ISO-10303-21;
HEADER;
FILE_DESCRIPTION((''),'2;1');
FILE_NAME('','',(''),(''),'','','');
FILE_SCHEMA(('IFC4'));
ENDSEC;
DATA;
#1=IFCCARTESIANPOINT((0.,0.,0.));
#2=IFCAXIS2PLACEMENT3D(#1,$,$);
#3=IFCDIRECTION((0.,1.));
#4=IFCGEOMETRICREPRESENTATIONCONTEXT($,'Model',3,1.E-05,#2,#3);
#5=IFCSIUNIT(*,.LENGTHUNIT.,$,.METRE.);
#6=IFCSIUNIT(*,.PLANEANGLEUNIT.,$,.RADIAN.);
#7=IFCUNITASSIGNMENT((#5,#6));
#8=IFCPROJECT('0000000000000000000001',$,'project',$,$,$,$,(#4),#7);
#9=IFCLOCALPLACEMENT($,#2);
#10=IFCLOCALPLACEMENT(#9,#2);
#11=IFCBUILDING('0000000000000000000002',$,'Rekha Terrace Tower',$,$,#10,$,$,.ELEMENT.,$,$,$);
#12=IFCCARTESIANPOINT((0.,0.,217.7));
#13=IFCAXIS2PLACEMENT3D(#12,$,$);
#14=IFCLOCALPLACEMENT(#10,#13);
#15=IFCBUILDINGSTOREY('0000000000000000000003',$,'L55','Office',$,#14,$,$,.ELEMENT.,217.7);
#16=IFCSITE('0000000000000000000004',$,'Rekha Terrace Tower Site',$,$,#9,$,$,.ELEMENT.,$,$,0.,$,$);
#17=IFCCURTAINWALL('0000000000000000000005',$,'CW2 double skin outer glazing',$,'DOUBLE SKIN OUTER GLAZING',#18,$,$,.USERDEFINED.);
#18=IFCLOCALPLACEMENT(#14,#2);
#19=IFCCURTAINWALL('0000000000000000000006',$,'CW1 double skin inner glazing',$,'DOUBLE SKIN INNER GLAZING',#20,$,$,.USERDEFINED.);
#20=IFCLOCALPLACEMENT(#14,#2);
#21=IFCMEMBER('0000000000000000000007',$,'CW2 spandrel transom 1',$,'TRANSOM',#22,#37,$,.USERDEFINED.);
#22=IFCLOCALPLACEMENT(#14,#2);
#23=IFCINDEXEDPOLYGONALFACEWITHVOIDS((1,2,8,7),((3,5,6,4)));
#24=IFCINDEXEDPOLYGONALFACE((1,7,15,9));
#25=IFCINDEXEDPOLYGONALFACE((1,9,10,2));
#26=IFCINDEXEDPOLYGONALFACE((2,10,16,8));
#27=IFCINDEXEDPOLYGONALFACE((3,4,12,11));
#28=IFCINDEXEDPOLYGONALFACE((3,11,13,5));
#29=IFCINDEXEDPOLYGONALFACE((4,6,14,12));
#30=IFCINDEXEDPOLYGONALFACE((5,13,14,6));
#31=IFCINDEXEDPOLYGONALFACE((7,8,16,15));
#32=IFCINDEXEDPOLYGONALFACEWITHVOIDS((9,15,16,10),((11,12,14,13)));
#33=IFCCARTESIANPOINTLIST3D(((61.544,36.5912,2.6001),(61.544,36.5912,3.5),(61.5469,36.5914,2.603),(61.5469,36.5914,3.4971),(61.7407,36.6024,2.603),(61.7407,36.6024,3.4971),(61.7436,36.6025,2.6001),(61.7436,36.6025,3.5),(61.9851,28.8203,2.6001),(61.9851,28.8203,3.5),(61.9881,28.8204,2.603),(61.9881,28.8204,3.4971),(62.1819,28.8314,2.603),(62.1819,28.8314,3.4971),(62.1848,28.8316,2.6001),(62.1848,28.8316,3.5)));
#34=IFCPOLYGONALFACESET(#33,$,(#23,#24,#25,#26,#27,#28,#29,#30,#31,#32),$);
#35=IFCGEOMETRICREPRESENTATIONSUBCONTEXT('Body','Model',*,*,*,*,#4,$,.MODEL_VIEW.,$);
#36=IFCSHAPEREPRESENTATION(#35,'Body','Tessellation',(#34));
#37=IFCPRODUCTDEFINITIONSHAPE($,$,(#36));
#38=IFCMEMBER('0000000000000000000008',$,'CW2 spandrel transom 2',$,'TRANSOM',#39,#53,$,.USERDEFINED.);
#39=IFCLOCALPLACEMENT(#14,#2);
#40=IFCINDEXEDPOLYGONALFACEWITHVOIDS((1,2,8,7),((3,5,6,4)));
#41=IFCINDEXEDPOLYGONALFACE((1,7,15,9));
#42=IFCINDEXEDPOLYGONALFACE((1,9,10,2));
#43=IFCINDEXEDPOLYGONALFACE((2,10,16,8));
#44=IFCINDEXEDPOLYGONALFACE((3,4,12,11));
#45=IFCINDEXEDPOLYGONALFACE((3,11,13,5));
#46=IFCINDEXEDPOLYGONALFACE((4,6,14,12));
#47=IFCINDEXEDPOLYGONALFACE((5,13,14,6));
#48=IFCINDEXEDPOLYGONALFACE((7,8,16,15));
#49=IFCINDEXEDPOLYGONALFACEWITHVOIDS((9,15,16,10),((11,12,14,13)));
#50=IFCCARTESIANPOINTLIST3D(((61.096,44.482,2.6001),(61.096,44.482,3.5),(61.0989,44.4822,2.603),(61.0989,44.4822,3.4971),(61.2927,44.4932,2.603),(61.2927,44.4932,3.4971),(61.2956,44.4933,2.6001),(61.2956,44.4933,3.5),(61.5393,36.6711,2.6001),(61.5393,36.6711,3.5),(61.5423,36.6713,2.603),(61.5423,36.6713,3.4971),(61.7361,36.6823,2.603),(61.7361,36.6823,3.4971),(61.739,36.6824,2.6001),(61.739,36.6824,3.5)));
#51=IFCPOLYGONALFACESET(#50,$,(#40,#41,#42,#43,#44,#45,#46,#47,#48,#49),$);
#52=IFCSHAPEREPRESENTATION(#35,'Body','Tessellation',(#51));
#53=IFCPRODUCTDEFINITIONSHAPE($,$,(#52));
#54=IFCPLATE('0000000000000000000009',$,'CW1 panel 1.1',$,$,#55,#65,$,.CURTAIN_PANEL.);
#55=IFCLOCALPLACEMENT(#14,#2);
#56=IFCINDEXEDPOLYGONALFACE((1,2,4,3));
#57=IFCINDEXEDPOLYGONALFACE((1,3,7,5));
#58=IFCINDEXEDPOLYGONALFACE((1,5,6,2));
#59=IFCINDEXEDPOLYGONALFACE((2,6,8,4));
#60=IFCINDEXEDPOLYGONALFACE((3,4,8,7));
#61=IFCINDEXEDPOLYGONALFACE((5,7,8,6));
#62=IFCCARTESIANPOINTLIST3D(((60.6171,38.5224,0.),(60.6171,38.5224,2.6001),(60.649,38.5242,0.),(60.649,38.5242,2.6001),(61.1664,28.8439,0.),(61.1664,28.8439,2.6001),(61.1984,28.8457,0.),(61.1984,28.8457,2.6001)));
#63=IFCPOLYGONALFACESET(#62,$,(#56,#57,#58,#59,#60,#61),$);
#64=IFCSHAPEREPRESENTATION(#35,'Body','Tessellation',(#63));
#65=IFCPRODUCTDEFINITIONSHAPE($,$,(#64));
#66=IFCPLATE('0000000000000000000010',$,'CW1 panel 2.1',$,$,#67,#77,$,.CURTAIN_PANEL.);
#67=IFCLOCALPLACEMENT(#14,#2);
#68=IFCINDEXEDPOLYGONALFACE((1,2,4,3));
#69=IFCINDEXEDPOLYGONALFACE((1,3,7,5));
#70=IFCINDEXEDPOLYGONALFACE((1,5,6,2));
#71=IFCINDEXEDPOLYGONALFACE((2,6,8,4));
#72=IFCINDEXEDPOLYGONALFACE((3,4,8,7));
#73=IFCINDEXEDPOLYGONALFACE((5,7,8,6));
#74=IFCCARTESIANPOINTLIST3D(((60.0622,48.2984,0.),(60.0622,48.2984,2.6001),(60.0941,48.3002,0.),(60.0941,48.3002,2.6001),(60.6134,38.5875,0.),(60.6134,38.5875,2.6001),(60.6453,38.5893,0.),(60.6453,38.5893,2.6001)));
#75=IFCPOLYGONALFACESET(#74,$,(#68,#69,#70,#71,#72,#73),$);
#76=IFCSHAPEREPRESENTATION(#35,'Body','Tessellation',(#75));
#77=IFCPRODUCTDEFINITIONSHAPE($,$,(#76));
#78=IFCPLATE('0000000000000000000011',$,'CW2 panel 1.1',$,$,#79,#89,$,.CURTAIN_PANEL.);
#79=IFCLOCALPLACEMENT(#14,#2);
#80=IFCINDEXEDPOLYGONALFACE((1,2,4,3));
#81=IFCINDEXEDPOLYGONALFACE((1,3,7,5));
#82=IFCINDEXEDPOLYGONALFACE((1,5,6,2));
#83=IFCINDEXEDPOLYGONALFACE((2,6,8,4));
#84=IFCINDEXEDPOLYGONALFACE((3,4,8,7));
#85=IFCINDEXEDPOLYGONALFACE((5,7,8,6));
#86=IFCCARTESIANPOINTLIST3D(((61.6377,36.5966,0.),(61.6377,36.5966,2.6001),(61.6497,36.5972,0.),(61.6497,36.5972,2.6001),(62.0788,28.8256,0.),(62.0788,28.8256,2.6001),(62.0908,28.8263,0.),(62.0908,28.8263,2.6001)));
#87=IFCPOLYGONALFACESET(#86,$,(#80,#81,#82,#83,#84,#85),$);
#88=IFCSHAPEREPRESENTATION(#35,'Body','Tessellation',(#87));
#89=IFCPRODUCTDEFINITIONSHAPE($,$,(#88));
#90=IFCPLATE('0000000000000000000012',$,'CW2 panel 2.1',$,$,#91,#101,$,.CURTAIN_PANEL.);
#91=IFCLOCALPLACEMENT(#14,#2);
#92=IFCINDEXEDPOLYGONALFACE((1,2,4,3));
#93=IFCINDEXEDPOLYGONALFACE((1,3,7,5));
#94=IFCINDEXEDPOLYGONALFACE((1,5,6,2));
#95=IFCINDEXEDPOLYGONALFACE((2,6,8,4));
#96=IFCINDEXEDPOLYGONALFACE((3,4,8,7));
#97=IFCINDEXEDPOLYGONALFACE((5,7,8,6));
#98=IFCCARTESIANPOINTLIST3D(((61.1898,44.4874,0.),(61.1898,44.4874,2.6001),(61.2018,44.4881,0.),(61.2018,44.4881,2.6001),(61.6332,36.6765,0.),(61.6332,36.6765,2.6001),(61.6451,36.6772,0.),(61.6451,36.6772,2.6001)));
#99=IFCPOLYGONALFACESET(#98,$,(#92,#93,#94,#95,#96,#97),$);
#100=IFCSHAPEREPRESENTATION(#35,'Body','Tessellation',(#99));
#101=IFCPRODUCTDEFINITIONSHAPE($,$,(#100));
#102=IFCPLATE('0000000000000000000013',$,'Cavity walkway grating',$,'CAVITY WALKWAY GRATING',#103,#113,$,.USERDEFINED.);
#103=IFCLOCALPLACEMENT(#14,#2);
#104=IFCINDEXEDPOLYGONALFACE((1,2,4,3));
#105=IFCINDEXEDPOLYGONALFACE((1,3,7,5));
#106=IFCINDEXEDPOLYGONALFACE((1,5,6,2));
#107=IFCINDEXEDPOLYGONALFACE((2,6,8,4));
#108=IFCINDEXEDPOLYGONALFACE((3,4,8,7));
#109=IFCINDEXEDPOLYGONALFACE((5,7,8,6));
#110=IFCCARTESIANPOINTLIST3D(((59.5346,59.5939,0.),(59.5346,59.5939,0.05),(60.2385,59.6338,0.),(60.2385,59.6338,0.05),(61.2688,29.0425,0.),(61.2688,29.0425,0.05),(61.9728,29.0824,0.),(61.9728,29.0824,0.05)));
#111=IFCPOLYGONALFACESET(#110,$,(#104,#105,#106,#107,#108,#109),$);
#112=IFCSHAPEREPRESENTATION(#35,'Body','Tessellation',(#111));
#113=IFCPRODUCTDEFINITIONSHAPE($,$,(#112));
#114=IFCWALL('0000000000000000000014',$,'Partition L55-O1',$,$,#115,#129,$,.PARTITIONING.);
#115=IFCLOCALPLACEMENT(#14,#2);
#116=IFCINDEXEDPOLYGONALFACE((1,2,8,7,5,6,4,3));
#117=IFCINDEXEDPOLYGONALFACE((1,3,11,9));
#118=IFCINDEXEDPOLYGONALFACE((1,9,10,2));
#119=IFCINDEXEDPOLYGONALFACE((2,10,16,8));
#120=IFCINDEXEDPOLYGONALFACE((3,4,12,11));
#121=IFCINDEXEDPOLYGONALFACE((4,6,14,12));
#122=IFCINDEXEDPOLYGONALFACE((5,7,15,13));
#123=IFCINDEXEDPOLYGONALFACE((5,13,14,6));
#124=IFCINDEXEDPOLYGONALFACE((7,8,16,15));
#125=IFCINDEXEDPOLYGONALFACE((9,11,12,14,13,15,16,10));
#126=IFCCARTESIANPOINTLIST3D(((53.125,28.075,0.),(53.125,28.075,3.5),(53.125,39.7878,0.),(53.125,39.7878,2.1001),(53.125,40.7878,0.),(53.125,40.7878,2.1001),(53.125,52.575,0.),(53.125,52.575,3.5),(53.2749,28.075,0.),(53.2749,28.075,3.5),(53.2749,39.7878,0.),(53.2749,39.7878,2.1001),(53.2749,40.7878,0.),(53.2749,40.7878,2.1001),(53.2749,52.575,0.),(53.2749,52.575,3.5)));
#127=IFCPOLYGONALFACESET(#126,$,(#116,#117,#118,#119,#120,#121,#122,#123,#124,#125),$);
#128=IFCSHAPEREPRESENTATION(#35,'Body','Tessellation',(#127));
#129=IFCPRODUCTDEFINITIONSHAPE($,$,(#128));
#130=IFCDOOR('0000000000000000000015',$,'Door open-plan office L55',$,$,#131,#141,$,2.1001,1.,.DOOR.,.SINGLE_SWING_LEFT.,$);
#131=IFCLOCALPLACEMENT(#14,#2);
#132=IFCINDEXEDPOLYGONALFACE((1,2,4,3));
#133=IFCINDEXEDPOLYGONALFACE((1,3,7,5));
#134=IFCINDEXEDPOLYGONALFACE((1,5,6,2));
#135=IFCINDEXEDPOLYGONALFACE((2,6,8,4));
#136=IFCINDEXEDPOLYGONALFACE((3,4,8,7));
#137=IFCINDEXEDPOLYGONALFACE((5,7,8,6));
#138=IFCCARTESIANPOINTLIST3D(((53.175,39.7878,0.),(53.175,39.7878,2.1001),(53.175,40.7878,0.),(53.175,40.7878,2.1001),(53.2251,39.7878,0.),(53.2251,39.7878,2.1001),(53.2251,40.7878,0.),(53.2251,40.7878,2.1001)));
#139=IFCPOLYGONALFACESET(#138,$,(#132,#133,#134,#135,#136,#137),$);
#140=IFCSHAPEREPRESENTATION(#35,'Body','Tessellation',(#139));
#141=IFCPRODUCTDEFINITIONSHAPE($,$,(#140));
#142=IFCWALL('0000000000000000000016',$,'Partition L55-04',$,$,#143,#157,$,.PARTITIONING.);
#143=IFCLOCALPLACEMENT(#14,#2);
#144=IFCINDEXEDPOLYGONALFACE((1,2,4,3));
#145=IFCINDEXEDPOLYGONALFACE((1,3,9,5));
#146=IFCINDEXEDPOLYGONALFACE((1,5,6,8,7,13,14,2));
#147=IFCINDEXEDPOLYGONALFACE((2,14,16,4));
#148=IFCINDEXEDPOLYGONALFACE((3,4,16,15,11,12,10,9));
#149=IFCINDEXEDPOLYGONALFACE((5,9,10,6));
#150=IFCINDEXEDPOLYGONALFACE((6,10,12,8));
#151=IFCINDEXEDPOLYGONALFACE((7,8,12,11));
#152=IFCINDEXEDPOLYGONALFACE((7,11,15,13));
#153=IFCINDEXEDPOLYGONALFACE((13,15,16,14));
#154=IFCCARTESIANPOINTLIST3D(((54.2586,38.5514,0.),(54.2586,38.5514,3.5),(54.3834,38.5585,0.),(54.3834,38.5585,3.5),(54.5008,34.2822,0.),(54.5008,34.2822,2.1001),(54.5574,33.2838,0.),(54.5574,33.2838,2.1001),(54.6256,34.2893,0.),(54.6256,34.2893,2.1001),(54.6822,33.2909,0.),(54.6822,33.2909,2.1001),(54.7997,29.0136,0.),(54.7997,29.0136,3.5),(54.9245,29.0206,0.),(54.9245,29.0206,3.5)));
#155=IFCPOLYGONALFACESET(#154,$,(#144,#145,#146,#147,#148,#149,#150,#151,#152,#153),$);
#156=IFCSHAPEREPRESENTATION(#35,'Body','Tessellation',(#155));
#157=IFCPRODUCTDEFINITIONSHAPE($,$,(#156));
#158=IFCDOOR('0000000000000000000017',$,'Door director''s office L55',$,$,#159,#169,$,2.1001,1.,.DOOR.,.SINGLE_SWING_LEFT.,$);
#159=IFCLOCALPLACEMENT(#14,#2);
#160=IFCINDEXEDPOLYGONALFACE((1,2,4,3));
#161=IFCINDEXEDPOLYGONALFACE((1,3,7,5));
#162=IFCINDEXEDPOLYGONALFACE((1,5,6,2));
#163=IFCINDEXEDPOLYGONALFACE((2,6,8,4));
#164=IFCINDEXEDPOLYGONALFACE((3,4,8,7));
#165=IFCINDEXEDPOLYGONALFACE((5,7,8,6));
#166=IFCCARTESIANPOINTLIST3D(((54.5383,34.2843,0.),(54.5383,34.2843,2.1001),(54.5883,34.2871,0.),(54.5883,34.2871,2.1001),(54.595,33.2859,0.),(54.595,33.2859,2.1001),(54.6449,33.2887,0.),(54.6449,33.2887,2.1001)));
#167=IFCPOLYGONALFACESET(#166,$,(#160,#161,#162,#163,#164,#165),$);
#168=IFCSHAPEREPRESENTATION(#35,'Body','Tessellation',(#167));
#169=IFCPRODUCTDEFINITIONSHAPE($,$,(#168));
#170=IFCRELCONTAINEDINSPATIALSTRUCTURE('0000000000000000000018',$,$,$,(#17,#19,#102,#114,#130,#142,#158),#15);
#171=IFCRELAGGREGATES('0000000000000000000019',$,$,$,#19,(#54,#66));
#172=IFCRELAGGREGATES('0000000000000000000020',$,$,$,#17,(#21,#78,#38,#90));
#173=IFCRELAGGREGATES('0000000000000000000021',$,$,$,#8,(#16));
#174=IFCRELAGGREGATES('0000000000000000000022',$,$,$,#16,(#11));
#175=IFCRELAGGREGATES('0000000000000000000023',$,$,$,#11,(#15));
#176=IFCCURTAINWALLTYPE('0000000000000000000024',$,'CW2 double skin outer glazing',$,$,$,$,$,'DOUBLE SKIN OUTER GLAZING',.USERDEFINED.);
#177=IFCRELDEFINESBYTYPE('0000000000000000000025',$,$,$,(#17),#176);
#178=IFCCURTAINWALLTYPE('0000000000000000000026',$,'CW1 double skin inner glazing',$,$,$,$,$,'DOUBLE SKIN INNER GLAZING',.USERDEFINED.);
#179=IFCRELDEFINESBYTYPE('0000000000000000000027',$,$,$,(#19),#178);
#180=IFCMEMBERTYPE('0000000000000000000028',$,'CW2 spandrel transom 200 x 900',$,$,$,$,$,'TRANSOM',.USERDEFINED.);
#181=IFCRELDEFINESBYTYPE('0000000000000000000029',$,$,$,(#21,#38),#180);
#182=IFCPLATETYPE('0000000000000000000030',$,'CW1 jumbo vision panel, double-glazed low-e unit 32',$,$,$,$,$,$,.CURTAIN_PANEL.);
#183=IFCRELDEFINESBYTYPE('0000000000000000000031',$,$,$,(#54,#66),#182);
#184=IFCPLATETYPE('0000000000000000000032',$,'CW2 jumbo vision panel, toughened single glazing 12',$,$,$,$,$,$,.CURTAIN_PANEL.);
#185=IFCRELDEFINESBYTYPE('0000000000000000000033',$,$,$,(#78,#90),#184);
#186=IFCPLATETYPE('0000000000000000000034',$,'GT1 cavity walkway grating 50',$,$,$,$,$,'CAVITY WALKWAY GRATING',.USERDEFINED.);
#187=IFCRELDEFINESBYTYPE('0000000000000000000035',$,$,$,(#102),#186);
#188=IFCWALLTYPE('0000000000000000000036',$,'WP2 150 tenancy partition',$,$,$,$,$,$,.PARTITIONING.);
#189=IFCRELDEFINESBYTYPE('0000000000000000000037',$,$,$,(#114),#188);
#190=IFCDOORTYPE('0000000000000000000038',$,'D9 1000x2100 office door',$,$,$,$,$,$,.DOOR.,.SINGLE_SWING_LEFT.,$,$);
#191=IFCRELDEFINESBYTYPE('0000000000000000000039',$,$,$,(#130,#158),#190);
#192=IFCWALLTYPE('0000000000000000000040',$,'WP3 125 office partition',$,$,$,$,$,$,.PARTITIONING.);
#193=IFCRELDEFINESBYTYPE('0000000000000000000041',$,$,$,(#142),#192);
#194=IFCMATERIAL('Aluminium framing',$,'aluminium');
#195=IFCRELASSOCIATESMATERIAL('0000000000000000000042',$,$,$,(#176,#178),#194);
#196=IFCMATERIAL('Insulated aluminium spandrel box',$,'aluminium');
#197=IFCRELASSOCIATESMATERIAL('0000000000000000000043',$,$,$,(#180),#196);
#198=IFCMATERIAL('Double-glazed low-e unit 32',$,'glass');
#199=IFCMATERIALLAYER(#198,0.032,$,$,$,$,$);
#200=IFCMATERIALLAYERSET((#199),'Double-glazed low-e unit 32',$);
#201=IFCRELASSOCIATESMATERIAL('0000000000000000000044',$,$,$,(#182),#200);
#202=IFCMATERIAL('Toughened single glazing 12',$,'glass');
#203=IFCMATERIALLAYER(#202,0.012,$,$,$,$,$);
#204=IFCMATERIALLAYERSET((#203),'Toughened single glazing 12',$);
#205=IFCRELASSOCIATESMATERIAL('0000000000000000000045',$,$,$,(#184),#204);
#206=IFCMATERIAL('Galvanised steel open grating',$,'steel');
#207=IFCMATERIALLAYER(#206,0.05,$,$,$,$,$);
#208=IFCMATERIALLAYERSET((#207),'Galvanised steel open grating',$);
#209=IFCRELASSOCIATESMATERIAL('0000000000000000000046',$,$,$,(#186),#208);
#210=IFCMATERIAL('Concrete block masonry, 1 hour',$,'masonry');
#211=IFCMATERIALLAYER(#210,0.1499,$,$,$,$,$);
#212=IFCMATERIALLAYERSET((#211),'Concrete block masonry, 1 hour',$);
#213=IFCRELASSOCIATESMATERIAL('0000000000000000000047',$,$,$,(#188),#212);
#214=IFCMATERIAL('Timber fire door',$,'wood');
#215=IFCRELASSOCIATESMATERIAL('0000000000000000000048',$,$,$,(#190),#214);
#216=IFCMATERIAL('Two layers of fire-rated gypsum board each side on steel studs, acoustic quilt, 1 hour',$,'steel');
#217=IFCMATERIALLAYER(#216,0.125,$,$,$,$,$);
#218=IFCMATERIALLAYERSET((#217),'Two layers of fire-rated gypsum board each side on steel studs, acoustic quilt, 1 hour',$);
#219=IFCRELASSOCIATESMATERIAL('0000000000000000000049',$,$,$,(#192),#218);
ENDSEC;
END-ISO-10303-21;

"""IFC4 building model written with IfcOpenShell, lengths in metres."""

from ifc_helpers import new_model, si_unit, direction, frame, frame_2d, origin, origin_2d, place, context, subcontext, project, spatial, rectangle, hollow_rectangle, extrude, material, layer, layer_set, material_profile, profile_set, type_object, element, fill, aggregate, save


model = new_model("IFC4")

# Units and contexts
model_context = context("Model", 3, precision=1e-05, world=origin(), true_north=direction((0.0, 1.0)))
body_context = subcontext(model_context, "Body", "Model", "MODEL_VIEW")
ifc_project = project(units=[si_unit("LENGTHUNIT", "METRE"), si_unit("PLANEANGLEUNIT", "RADIAN")], contexts=[model_context])

# Site, building, storey
site_placement = place(None, origin())
site = spatial("IfcSite", under=ifc_project, at=site_placement, Name="Rekha Terrace Tower Site", CompositionType="ELEMENT", RefElevation=0.0)
building_placement = place(site_placement, origin())
building = spatial("IfcBuilding", under=site, at=building_placement, Name="Rekha Terrace Tower", CompositionType="ELEMENT")
storey_placement = place(building_placement, frame((0.0, 0.0, 217.7)))
storey = spatial("IfcBuildingStorey", under=building, at=storey_placement, Name="L55", Description="Office", CompositionType="ELEMENT", Elevation=217.7)

# Curtain wall
ifc_material_1 = material(Name="Aluminium framing", Category="aluminium")
curtain_wall_type_1 = type_object("IfcCurtainWallType", Name="CW2 double skin outer glazing", ElementType="DOUBLE SKIN OUTER GLAZING", PredefinedType="USERDEFINED", material=ifc_material_1)
curtain_wall_1_placement = place(storey_placement, origin())
curtain_wall_1 = element("IfcCurtainWall", 1, at=curtain_wall_1_placement, inside=storey, type_object=curtain_wall_type_1, Name="CW2 double skin outer glazing", ObjectType="DOUBLE SKIN OUTER GLAZING", PredefinedType="USERDEFINED")

# Curtain wall
curtain_wall_type_2 = type_object("IfcCurtainWallType", Name="CW1 double skin inner glazing", ElementType="DOUBLE SKIN INNER GLAZING", PredefinedType="USERDEFINED", material=ifc_material_1)
curtain_wall_2_placement = place(storey_placement, origin())
curtain_wall_2 = element("IfcCurtainWall", 2, at=curtain_wall_2_placement, inside=storey, type_object=curtain_wall_type_2, Name="CW1 double skin inner glazing", ObjectType="DOUBLE SKIN INNER GLAZING", PredefinedType="USERDEFINED")
ifc_material_2 = material(Name="Insulated aluminium spandrel box", Category="aluminium")

# Members
ifc_material_profile_1 = material_profile(ifc_material_2, hollow_rectangle(XDim=0.2, YDim=0.8999, WallThickness=0.0029, at=origin_2d()), Name="AL SPANDREL BOX 200x900")
ifc_profile_set_1 = profile_set([ifc_material_profile_1], Name="Insulated aluminium spandrel box")
member_type_1 = type_object("IfcMemberType", Name="CW2 spandrel transom 200 x 900", ElementType="TRANSOM", PredefinedType="USERDEFINED", material=ifc_profile_set_1)
member_1_placement = place(storey_placement, frame((62.085, 28.8259, 3.05), z_axis=(-0.056679, 0.998392, 0.0), x_axis=(-0.998392, -0.056679, 0.0)))
member_1 = element("IfcMember", 3, at=member_1_placement, type_object=member_type_1, Name="CW2 spandrel transom 1", ObjectType="TRANSOM", PredefinedType="USERDEFINED", context=body_context, shape_type="SweptSolid", body=[
    extrude(hollow_rectangle(XDim=0.2, YDim=0.8999, WallThickness=0.0029, at=origin_2d()), origin(), (0.0, 0.0, 1.0), 7.7834),
])
member_2_placement = place(storey_placement, frame((61.6392, 36.6768, 3.05), z_axis=(-0.056669, 0.998393, 0.0), x_axis=(-0.998393, -0.056669, 0.0)))
member_2 = element("IfcMember", 4, at=member_2_placement, type_object=member_type_1, Name="CW2 spandrel transom 2", ObjectType="TRANSOM", PredefinedType="USERDEFINED", context=body_context, shape_type="SweptSolid", body=[
    extrude(hollow_rectangle(XDim=0.2, YDim=0.8999, WallThickness=0.0029, at=origin_2d()), origin(), (0.0, 0.0, 1.0), 7.8235),
])

# Plates
ifc_material_3 = material(Name="Double-glazed low-e unit 32", Category="glass")
ifc_layer_1 = layer(ifc_material_3, 0.032)
ifc_layer_set_1 = layer_set([ifc_layer_1], Name="Double-glazed low-e unit 32")
plate_type_1 = type_object("IfcPlateType", Name="CW1 jumbo vision panel, double-glazed low-e unit 32", PredefinedType="CURTAIN_PANEL", material=ifc_layer_set_1)
plate_1_placement = place(storey_placement, frame((60.9077, 33.6841, 0.0), z_axis=(0.0, 0.0, 1.0), x_axis=(-0.056673, 0.998393, 0.0)))
plate_1 = element("IfcPlate", 5, at=plate_1_placement, type_object=plate_type_1, Name="CW1 panel 1.1", PredefinedType="CURTAIN_PANEL", context=body_context, shape_type="SweptSolid", body=[
    extrude(rectangle(XDim=9.6941, YDim=0.032, at=origin_2d()), origin(), (0.0, 0.0, 1.0), 2.6001),
])
plate_2_placement = place(storey_placement, frame((60.3538, 43.4438, 0.0), z_axis=(0.0, 0.0, 1.0), x_axis=(-0.056673, 0.998393, 0.0)))
plate_2 = element("IfcPlate", 6, at=plate_2_placement, type_object=plate_type_1, Name="CW1 panel 2.1", PredefinedType="CURTAIN_PANEL", context=body_context, shape_type="SweptSolid", body=[
    extrude(rectangle(XDim=9.7266, YDim=0.032, at=origin_2d()), origin(), (0.0, 0.0, 1.0), 2.6001),
])
aggregate(curtain_wall_2, [plate_1, plate_2])
ifc_material_4 = material(Name="Toughened single glazing 12", Category="glass")
ifc_layer_2 = layer(ifc_material_4, 0.012)
ifc_layer_set_2 = layer_set([ifc_layer_2], Name="Toughened single glazing 12")
plate_type_2 = type_object("IfcPlateType", Name="CW2 jumbo vision panel, toughened single glazing 12", PredefinedType="CURTAIN_PANEL", material=ifc_layer_set_2)
plate_3_placement = place(storey_placement, frame((61.8643, 32.7114, 0.0), z_axis=(0.0, 0.0, 1.0), x_axis=(-0.056673, 0.998393, 0.0)))
plate_3 = element("IfcPlate", 7, at=plate_3_placement, type_object=plate_type_2, Name="CW2 panel 1.1", PredefinedType="CURTAIN_PANEL", context=body_context, shape_type="SweptSolid", body=[
    extrude(rectangle(XDim=7.7834, YDim=0.012, at=origin_2d()), origin(), (0.0, 0.0, 1.0), 2.6001),
])
plate_4_placement = place(storey_placement, frame((61.4175, 40.5823, 0.0), z_axis=(0.0, 0.0, 1.0), x_axis=(-0.056673, 0.998393, 0.0)))
plate_4 = element("IfcPlate", 8, at=plate_4_placement, type_object=plate_type_2, Name="CW2 panel 2.1", PredefinedType="CURTAIN_PANEL", context=body_context, shape_type="SweptSolid", body=[
    extrude(rectangle(XDim=7.8235, YDim=0.012, at=origin_2d()), origin(), (0.0, 0.0, 1.0), 2.6001),
])
aggregate(curtain_wall_1, [member_1, plate_3, member_2, plate_4])
ifc_material_5 = material(Name="Galvanised steel open grating", Category="steel")
ifc_layer_3 = layer(ifc_material_5, 0.05)
ifc_layer_set_3 = layer_set([ifc_layer_3], Name="Galvanised steel open grating")
plate_type_3 = type_object("IfcPlateType", Name="GT1 cavity walkway grating 50", ElementType="CAVITY WALKWAY GRATING", PredefinedType="USERDEFINED", material=ifc_layer_set_3)
plate_5_placement = place(storey_placement, frame((60.7537, 44.3381, 0.0), z_axis=(0.0, 0.0, 1.0), x_axis=(-0.056673, 0.998393, 0.0)))
element("IfcPlate", 9, at=plate_5_placement, inside=storey, type_object=plate_type_3, Name="Cavity walkway grating", ObjectType="CAVITY WALKWAY GRATING", PredefinedType="USERDEFINED", context=body_context, shape_type="SweptSolid", body=[
    extrude(rectangle(XDim=30.6006, YDim=0.7051, at=origin_2d()), origin(), (0.0, 0.0, 1.0), 0.05),
])

# Walls, openings, doors
ifc_material_6 = material(Name="Concrete block masonry, 1 hour", Category="masonry")
ifc_layer_4 = layer(ifc_material_6, 0.1499)
ifc_layer_set_4 = layer_set([ifc_layer_4], Name="Concrete block masonry, 1 hour")
wall_type_1 = type_object("IfcWallType", Name="WP2 150 tenancy partition", PredefinedType="PARTITIONING", material=ifc_layer_set_4)
wall_1_placement = place(storey_placement, frame((53.2, 28.075, 0.0), z_axis=(0.0, 0.0, 1.0), x_axis=(0.0, 1.0, 0.0)))
wall_1 = element("IfcWall", 10, at=wall_1_placement, inside=storey, type_object=wall_type_1, Name="Partition L55-O1", PredefinedType="PARTITIONING", context=body_context, shape_type="SweptSolid", body=[
    extrude(rectangle(XDim=24.5, YDim=0.1499, at=frame_2d((12.25, 0.0))), origin(), (0.0, 0.0, 1.0), 3.5),
])
opening_1_placement = place(wall_1_placement, frame((11.7129, 0.0, 0.0)))
opening_1 = element("IfcOpeningElement", 11, at=opening_1_placement, cuts=wall_1, PredefinedType="OPENING", context=body_context, shape_type="SweptSolid", body=[
    extrude(rectangle(XDim=1.0, YDim=2.1001, at=frame_2d((0.5, 1.05))), frame((0.0, 0.085, 0.0), z_axis=(0.0, -1.0, 0.0), x_axis=(1.0, 0.0, 0.0)), (0.0, 0.0, 1.0), 0.1699),
])
ifc_material_7 = material(Name="Timber fire door", Category="wood")
door_type = type_object("IfcDoorType", Name="D9 1000x2100 office door", OperationType="SINGLE_SWING_LEFT", PredefinedType="DOOR", material=ifc_material_7)
door_1_placement = place(opening_1_placement, origin())
door_1 = element("IfcDoor", 12, at=door_1_placement, inside=storey, type_object=door_type, Name="Door open-plan office L55", OperationType="SINGLE_SWING_LEFT", OverallHeight=2.1001, OverallWidth=1.0, PredefinedType="DOOR", context=body_context, shape_type="SweptSolid", body=[
    extrude(rectangle(XDim=1.0, YDim=2.1001, at=frame_2d((0.5, 1.05))), frame((0.0, 0.0249, 0.0), z_axis=(0.0, -1.0, 0.0), x_axis=(1.0, 0.0, 0.0)), (0.0, 0.0, 1.0), 0.05),
])
fill(opening_1, door_1)
ifc_material_8 = material(Name="Two layers of fire-rated gypsum board each side on steel studs, acoustic quilt, 1 hour", Category="steel")
ifc_layer_5 = layer(ifc_material_8, 0.125)
ifc_layer_set_5 = layer_set([ifc_layer_5], Name="Two layers of fire-rated gypsum board each side on steel studs, acoustic quilt, 1 hour")
wall_type_2 = type_object("IfcWallType", Name="WP3 125 office partition", PredefinedType="PARTITIONING", material=ifc_layer_set_5)
wall_2_placement = place(storey_placement, frame((54.8621, 29.0171, 0.0), z_axis=(0.0, 0.0, 1.0), x_axis=(-0.056632, 0.998395, 0.0)))
wall_2 = element("IfcWall", 13, at=wall_2_placement, inside=storey, type_object=wall_type_2, Name="Partition L55-04", PredefinedType="PARTITIONING", context=body_context, shape_type="SweptSolid", body=[
    extrude(rectangle(XDim=9.5532, YDim=0.125, at=frame_2d((4.7766, 0.0))), origin(), (0.0, 0.0, 1.0), 3.5),
])
opening_2_placement = place(wall_2_placement, frame((4.2771, 0.0, 0.0)))
opening_2 = element("IfcOpeningElement", 14, at=opening_2_placement, cuts=wall_2, PredefinedType="OPENING", context=body_context, shape_type="SweptSolid", body=[
    extrude(rectangle(XDim=1.0, YDim=2.1001, at=frame_2d((0.5, 1.05))), frame((0.0, 0.0725, 0.0), z_axis=(0.0, -1.0, 0.0), x_axis=(1.0, 0.0, 0.0)), (0.0, 0.0, 1.0), 0.145),
])
door_2_placement = place(opening_2_placement, origin())
door_2 = element("IfcDoor", 15, at=door_2_placement, inside=storey, type_object=door_type, Name="Door director's office L55", OperationType="SINGLE_SWING_LEFT", OverallHeight=2.1001, OverallWidth=1.0, PredefinedType="DOOR", context=body_context, shape_type="SweptSolid", body=[
    extrude(rectangle(XDim=1.0, YDim=2.1001, at=frame_2d((0.5, 1.05))), frame((0.0, 0.0249, 0.0), z_axis=(0.0, -1.0, 0.0), x_axis=(1.0, 0.0, 0.0)), (0.0, 0.0, 1.0), 0.05),
])
fill(opening_2, door_2)

save(model, "model.ifc")
